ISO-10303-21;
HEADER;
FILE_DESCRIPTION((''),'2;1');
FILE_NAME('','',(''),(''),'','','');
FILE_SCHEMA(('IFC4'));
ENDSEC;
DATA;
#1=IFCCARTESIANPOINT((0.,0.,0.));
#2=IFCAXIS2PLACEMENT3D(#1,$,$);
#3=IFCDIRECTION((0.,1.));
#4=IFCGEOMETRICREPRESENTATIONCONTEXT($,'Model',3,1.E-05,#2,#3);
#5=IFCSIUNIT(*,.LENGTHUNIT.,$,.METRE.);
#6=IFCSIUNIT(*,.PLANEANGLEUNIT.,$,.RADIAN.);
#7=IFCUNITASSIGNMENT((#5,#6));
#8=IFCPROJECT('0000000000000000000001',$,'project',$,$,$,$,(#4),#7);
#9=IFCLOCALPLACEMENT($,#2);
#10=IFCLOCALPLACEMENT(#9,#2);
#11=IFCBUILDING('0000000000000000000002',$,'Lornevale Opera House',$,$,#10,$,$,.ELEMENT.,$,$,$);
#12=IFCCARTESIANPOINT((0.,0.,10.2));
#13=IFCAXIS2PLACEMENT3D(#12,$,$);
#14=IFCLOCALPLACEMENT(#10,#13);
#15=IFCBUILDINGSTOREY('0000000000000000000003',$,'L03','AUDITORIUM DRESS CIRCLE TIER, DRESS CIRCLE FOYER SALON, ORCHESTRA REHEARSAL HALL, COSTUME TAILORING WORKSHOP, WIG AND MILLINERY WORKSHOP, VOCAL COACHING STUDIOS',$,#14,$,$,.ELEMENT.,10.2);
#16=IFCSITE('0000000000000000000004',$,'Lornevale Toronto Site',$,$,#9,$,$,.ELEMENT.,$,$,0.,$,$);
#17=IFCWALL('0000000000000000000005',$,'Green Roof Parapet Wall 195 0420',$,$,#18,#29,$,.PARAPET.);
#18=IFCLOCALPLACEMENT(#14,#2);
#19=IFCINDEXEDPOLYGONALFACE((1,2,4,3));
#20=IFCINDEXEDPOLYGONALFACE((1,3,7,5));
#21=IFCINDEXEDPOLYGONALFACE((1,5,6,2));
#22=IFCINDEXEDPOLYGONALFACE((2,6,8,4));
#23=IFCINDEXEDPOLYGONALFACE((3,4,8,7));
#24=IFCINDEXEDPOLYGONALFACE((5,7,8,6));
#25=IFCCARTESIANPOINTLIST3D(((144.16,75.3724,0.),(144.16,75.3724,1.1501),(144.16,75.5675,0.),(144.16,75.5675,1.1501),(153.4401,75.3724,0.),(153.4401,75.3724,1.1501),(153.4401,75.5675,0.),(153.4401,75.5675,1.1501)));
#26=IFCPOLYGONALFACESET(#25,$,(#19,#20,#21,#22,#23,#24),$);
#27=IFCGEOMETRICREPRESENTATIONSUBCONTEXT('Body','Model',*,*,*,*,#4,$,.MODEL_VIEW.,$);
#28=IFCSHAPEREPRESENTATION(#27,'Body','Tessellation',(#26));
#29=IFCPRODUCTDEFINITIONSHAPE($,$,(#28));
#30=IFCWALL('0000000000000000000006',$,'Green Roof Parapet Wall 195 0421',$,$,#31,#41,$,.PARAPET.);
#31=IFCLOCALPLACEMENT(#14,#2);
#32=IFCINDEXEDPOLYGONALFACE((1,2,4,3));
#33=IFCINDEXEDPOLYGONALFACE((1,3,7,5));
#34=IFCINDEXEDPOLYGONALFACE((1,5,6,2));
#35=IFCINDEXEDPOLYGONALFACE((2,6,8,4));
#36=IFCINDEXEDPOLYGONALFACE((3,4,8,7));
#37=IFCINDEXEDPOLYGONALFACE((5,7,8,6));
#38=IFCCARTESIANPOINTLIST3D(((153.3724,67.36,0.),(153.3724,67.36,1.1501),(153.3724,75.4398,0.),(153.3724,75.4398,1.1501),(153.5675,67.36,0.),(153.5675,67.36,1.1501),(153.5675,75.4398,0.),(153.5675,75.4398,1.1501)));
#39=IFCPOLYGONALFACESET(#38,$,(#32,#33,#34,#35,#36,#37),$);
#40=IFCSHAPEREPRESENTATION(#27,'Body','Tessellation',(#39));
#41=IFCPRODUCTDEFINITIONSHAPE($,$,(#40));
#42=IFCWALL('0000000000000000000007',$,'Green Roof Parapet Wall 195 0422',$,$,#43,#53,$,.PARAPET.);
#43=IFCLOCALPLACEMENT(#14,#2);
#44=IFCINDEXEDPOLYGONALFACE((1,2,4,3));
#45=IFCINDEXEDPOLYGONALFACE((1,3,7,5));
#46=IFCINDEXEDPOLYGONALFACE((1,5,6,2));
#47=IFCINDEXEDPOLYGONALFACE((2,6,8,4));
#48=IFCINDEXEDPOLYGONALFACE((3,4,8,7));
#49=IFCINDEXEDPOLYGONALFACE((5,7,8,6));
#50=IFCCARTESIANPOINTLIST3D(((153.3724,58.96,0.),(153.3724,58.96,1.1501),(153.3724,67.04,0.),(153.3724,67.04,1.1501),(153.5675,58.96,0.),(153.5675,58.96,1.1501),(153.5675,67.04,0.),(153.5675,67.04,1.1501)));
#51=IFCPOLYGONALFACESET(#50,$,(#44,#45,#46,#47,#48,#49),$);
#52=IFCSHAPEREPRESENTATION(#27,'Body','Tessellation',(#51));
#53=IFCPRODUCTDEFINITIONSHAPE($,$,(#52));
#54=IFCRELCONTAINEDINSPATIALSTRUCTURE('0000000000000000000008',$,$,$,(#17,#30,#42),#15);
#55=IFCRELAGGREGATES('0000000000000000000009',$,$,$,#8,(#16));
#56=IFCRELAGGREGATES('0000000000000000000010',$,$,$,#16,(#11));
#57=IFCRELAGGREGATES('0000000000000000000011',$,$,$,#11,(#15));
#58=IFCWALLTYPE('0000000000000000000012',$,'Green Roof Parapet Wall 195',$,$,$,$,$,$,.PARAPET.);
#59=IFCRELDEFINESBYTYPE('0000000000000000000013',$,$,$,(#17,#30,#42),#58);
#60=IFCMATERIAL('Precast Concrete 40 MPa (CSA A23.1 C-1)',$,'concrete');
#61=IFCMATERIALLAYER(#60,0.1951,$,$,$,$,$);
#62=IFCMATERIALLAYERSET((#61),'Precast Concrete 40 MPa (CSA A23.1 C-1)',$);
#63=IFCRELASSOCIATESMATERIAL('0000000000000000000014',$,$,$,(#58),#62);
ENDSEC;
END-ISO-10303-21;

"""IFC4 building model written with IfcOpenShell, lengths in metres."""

from ifc_helpers import new_model, si_unit, direction, frame, frame_2d, origin, place, context, subcontext, project, spatial, rectangle, extrude, material, layer, layer_set, type_object, element, save


model = new_model("IFC4")

# Units and contexts
model_context = context("Model", 3, precision=1e-05, world=origin(), true_north=direction((0.0, 1.0)))
body_context = subcontext(model_context, "Body", "Model", "MODEL_VIEW")
ifc_project = project(units=[si_unit("LENGTHUNIT", "METRE"), si_unit("PLANEANGLEUNIT", "RADIAN")], contexts=[model_context])

# Site, building, storey
site_placement = place(None, origin())
site = spatial("IfcSite", under=ifc_project, at=site_placement, Name="Lornevale Toronto Site", CompositionType="ELEMENT", RefElevation=0.0)
building_placement = place(site_placement, origin())
building = spatial("IfcBuilding", under=site, at=building_placement, Name="Lornevale Opera House", CompositionType="ELEMENT")
storey_placement = place(building_placement, frame((0.0, 0.0, 10.2)))
storey = spatial("IfcBuildingStorey", under=building, at=storey_placement, Name="L03", Description="AUDITORIUM DRESS CIRCLE TIER, DRESS CIRCLE FOYER SALON, ORCHESTRA REHEARSAL HALL, COSTUME TAILORING WORKSHOP, WIG AND MILLINERY WORKSHOP, VOCAL COACHING STUDIOS", CompositionType="ELEMENT", Elevation=10.2)

# Walls
ifc_material_1 = material(Name="Precast Concrete 40 MPa (CSA A23.1 C-1)", Category="concrete")
ifc_layer_1 = layer(ifc_material_1, 0.1951)
ifc_layer_set_1 = layer_set([ifc_layer_1], Name="Precast Concrete 40 MPa (CSA A23.1 C-1)")
wall_type_1 = type_object("IfcWallType", Name="Green Roof Parapet Wall 195", PredefinedType="PARAPET", material=ifc_layer_set_1)
wall_1_placement = place(storey_placement, frame((144.1599, 75.47, 0.0), z_axis=(0.0, 0.0, 1.0), x_axis=(1.0, 0.0, 0.0)))
element("IfcWall", 1, at=wall_1_placement, inside=storey, type_object=wall_type_1, Name="Green Roof Parapet Wall 195 0420", PredefinedType="PARAPET", context=body_context, shape_type="SweptSolid", body=[
    extrude(rectangle(XDim=9.28, YDim=0.1951, at=frame_2d((4.6401, 0.0))), origin(), (0.0, 0.0, 1.0), 1.1501),
])
wall_2_placement = place(storey_placement, frame((153.47, 75.4399, 0.0), z_axis=(0.0, 0.0, 1.0), x_axis=(0.0, -1.0, 0.0)))
element("IfcWall", 2, at=wall_2_placement, inside=storey, type_object=wall_type_1, Name="Green Roof Parapet Wall 195 0421", PredefinedType="PARAPET", context=body_context, shape_type="SweptSolid", body=[
    extrude(rectangle(XDim=8.0798, YDim=0.1951, at=frame_2d((4.04, 0.0))), origin(), (0.0, 0.0, 1.0), 1.1501),
])
wall_3_placement = place(storey_placement, frame((153.47, 67.04, 0.0), z_axis=(0.0, 0.0, 1.0), x_axis=(0.0, -1.0, 0.0)))
element("IfcWall", 3, at=wall_3_placement, inside=storey, type_object=wall_type_1, Name="Green Roof Parapet Wall 195 0422", PredefinedType="PARAPET", context=body_context, shape_type="SweptSolid", body=[
    extrude(rectangle(XDim=8.0801, YDim=0.1951, at=frame_2d((4.04, 0.0))), origin(), (0.0, 0.0, 1.0), 1.1501),
])

save(model, "model.ifc")
